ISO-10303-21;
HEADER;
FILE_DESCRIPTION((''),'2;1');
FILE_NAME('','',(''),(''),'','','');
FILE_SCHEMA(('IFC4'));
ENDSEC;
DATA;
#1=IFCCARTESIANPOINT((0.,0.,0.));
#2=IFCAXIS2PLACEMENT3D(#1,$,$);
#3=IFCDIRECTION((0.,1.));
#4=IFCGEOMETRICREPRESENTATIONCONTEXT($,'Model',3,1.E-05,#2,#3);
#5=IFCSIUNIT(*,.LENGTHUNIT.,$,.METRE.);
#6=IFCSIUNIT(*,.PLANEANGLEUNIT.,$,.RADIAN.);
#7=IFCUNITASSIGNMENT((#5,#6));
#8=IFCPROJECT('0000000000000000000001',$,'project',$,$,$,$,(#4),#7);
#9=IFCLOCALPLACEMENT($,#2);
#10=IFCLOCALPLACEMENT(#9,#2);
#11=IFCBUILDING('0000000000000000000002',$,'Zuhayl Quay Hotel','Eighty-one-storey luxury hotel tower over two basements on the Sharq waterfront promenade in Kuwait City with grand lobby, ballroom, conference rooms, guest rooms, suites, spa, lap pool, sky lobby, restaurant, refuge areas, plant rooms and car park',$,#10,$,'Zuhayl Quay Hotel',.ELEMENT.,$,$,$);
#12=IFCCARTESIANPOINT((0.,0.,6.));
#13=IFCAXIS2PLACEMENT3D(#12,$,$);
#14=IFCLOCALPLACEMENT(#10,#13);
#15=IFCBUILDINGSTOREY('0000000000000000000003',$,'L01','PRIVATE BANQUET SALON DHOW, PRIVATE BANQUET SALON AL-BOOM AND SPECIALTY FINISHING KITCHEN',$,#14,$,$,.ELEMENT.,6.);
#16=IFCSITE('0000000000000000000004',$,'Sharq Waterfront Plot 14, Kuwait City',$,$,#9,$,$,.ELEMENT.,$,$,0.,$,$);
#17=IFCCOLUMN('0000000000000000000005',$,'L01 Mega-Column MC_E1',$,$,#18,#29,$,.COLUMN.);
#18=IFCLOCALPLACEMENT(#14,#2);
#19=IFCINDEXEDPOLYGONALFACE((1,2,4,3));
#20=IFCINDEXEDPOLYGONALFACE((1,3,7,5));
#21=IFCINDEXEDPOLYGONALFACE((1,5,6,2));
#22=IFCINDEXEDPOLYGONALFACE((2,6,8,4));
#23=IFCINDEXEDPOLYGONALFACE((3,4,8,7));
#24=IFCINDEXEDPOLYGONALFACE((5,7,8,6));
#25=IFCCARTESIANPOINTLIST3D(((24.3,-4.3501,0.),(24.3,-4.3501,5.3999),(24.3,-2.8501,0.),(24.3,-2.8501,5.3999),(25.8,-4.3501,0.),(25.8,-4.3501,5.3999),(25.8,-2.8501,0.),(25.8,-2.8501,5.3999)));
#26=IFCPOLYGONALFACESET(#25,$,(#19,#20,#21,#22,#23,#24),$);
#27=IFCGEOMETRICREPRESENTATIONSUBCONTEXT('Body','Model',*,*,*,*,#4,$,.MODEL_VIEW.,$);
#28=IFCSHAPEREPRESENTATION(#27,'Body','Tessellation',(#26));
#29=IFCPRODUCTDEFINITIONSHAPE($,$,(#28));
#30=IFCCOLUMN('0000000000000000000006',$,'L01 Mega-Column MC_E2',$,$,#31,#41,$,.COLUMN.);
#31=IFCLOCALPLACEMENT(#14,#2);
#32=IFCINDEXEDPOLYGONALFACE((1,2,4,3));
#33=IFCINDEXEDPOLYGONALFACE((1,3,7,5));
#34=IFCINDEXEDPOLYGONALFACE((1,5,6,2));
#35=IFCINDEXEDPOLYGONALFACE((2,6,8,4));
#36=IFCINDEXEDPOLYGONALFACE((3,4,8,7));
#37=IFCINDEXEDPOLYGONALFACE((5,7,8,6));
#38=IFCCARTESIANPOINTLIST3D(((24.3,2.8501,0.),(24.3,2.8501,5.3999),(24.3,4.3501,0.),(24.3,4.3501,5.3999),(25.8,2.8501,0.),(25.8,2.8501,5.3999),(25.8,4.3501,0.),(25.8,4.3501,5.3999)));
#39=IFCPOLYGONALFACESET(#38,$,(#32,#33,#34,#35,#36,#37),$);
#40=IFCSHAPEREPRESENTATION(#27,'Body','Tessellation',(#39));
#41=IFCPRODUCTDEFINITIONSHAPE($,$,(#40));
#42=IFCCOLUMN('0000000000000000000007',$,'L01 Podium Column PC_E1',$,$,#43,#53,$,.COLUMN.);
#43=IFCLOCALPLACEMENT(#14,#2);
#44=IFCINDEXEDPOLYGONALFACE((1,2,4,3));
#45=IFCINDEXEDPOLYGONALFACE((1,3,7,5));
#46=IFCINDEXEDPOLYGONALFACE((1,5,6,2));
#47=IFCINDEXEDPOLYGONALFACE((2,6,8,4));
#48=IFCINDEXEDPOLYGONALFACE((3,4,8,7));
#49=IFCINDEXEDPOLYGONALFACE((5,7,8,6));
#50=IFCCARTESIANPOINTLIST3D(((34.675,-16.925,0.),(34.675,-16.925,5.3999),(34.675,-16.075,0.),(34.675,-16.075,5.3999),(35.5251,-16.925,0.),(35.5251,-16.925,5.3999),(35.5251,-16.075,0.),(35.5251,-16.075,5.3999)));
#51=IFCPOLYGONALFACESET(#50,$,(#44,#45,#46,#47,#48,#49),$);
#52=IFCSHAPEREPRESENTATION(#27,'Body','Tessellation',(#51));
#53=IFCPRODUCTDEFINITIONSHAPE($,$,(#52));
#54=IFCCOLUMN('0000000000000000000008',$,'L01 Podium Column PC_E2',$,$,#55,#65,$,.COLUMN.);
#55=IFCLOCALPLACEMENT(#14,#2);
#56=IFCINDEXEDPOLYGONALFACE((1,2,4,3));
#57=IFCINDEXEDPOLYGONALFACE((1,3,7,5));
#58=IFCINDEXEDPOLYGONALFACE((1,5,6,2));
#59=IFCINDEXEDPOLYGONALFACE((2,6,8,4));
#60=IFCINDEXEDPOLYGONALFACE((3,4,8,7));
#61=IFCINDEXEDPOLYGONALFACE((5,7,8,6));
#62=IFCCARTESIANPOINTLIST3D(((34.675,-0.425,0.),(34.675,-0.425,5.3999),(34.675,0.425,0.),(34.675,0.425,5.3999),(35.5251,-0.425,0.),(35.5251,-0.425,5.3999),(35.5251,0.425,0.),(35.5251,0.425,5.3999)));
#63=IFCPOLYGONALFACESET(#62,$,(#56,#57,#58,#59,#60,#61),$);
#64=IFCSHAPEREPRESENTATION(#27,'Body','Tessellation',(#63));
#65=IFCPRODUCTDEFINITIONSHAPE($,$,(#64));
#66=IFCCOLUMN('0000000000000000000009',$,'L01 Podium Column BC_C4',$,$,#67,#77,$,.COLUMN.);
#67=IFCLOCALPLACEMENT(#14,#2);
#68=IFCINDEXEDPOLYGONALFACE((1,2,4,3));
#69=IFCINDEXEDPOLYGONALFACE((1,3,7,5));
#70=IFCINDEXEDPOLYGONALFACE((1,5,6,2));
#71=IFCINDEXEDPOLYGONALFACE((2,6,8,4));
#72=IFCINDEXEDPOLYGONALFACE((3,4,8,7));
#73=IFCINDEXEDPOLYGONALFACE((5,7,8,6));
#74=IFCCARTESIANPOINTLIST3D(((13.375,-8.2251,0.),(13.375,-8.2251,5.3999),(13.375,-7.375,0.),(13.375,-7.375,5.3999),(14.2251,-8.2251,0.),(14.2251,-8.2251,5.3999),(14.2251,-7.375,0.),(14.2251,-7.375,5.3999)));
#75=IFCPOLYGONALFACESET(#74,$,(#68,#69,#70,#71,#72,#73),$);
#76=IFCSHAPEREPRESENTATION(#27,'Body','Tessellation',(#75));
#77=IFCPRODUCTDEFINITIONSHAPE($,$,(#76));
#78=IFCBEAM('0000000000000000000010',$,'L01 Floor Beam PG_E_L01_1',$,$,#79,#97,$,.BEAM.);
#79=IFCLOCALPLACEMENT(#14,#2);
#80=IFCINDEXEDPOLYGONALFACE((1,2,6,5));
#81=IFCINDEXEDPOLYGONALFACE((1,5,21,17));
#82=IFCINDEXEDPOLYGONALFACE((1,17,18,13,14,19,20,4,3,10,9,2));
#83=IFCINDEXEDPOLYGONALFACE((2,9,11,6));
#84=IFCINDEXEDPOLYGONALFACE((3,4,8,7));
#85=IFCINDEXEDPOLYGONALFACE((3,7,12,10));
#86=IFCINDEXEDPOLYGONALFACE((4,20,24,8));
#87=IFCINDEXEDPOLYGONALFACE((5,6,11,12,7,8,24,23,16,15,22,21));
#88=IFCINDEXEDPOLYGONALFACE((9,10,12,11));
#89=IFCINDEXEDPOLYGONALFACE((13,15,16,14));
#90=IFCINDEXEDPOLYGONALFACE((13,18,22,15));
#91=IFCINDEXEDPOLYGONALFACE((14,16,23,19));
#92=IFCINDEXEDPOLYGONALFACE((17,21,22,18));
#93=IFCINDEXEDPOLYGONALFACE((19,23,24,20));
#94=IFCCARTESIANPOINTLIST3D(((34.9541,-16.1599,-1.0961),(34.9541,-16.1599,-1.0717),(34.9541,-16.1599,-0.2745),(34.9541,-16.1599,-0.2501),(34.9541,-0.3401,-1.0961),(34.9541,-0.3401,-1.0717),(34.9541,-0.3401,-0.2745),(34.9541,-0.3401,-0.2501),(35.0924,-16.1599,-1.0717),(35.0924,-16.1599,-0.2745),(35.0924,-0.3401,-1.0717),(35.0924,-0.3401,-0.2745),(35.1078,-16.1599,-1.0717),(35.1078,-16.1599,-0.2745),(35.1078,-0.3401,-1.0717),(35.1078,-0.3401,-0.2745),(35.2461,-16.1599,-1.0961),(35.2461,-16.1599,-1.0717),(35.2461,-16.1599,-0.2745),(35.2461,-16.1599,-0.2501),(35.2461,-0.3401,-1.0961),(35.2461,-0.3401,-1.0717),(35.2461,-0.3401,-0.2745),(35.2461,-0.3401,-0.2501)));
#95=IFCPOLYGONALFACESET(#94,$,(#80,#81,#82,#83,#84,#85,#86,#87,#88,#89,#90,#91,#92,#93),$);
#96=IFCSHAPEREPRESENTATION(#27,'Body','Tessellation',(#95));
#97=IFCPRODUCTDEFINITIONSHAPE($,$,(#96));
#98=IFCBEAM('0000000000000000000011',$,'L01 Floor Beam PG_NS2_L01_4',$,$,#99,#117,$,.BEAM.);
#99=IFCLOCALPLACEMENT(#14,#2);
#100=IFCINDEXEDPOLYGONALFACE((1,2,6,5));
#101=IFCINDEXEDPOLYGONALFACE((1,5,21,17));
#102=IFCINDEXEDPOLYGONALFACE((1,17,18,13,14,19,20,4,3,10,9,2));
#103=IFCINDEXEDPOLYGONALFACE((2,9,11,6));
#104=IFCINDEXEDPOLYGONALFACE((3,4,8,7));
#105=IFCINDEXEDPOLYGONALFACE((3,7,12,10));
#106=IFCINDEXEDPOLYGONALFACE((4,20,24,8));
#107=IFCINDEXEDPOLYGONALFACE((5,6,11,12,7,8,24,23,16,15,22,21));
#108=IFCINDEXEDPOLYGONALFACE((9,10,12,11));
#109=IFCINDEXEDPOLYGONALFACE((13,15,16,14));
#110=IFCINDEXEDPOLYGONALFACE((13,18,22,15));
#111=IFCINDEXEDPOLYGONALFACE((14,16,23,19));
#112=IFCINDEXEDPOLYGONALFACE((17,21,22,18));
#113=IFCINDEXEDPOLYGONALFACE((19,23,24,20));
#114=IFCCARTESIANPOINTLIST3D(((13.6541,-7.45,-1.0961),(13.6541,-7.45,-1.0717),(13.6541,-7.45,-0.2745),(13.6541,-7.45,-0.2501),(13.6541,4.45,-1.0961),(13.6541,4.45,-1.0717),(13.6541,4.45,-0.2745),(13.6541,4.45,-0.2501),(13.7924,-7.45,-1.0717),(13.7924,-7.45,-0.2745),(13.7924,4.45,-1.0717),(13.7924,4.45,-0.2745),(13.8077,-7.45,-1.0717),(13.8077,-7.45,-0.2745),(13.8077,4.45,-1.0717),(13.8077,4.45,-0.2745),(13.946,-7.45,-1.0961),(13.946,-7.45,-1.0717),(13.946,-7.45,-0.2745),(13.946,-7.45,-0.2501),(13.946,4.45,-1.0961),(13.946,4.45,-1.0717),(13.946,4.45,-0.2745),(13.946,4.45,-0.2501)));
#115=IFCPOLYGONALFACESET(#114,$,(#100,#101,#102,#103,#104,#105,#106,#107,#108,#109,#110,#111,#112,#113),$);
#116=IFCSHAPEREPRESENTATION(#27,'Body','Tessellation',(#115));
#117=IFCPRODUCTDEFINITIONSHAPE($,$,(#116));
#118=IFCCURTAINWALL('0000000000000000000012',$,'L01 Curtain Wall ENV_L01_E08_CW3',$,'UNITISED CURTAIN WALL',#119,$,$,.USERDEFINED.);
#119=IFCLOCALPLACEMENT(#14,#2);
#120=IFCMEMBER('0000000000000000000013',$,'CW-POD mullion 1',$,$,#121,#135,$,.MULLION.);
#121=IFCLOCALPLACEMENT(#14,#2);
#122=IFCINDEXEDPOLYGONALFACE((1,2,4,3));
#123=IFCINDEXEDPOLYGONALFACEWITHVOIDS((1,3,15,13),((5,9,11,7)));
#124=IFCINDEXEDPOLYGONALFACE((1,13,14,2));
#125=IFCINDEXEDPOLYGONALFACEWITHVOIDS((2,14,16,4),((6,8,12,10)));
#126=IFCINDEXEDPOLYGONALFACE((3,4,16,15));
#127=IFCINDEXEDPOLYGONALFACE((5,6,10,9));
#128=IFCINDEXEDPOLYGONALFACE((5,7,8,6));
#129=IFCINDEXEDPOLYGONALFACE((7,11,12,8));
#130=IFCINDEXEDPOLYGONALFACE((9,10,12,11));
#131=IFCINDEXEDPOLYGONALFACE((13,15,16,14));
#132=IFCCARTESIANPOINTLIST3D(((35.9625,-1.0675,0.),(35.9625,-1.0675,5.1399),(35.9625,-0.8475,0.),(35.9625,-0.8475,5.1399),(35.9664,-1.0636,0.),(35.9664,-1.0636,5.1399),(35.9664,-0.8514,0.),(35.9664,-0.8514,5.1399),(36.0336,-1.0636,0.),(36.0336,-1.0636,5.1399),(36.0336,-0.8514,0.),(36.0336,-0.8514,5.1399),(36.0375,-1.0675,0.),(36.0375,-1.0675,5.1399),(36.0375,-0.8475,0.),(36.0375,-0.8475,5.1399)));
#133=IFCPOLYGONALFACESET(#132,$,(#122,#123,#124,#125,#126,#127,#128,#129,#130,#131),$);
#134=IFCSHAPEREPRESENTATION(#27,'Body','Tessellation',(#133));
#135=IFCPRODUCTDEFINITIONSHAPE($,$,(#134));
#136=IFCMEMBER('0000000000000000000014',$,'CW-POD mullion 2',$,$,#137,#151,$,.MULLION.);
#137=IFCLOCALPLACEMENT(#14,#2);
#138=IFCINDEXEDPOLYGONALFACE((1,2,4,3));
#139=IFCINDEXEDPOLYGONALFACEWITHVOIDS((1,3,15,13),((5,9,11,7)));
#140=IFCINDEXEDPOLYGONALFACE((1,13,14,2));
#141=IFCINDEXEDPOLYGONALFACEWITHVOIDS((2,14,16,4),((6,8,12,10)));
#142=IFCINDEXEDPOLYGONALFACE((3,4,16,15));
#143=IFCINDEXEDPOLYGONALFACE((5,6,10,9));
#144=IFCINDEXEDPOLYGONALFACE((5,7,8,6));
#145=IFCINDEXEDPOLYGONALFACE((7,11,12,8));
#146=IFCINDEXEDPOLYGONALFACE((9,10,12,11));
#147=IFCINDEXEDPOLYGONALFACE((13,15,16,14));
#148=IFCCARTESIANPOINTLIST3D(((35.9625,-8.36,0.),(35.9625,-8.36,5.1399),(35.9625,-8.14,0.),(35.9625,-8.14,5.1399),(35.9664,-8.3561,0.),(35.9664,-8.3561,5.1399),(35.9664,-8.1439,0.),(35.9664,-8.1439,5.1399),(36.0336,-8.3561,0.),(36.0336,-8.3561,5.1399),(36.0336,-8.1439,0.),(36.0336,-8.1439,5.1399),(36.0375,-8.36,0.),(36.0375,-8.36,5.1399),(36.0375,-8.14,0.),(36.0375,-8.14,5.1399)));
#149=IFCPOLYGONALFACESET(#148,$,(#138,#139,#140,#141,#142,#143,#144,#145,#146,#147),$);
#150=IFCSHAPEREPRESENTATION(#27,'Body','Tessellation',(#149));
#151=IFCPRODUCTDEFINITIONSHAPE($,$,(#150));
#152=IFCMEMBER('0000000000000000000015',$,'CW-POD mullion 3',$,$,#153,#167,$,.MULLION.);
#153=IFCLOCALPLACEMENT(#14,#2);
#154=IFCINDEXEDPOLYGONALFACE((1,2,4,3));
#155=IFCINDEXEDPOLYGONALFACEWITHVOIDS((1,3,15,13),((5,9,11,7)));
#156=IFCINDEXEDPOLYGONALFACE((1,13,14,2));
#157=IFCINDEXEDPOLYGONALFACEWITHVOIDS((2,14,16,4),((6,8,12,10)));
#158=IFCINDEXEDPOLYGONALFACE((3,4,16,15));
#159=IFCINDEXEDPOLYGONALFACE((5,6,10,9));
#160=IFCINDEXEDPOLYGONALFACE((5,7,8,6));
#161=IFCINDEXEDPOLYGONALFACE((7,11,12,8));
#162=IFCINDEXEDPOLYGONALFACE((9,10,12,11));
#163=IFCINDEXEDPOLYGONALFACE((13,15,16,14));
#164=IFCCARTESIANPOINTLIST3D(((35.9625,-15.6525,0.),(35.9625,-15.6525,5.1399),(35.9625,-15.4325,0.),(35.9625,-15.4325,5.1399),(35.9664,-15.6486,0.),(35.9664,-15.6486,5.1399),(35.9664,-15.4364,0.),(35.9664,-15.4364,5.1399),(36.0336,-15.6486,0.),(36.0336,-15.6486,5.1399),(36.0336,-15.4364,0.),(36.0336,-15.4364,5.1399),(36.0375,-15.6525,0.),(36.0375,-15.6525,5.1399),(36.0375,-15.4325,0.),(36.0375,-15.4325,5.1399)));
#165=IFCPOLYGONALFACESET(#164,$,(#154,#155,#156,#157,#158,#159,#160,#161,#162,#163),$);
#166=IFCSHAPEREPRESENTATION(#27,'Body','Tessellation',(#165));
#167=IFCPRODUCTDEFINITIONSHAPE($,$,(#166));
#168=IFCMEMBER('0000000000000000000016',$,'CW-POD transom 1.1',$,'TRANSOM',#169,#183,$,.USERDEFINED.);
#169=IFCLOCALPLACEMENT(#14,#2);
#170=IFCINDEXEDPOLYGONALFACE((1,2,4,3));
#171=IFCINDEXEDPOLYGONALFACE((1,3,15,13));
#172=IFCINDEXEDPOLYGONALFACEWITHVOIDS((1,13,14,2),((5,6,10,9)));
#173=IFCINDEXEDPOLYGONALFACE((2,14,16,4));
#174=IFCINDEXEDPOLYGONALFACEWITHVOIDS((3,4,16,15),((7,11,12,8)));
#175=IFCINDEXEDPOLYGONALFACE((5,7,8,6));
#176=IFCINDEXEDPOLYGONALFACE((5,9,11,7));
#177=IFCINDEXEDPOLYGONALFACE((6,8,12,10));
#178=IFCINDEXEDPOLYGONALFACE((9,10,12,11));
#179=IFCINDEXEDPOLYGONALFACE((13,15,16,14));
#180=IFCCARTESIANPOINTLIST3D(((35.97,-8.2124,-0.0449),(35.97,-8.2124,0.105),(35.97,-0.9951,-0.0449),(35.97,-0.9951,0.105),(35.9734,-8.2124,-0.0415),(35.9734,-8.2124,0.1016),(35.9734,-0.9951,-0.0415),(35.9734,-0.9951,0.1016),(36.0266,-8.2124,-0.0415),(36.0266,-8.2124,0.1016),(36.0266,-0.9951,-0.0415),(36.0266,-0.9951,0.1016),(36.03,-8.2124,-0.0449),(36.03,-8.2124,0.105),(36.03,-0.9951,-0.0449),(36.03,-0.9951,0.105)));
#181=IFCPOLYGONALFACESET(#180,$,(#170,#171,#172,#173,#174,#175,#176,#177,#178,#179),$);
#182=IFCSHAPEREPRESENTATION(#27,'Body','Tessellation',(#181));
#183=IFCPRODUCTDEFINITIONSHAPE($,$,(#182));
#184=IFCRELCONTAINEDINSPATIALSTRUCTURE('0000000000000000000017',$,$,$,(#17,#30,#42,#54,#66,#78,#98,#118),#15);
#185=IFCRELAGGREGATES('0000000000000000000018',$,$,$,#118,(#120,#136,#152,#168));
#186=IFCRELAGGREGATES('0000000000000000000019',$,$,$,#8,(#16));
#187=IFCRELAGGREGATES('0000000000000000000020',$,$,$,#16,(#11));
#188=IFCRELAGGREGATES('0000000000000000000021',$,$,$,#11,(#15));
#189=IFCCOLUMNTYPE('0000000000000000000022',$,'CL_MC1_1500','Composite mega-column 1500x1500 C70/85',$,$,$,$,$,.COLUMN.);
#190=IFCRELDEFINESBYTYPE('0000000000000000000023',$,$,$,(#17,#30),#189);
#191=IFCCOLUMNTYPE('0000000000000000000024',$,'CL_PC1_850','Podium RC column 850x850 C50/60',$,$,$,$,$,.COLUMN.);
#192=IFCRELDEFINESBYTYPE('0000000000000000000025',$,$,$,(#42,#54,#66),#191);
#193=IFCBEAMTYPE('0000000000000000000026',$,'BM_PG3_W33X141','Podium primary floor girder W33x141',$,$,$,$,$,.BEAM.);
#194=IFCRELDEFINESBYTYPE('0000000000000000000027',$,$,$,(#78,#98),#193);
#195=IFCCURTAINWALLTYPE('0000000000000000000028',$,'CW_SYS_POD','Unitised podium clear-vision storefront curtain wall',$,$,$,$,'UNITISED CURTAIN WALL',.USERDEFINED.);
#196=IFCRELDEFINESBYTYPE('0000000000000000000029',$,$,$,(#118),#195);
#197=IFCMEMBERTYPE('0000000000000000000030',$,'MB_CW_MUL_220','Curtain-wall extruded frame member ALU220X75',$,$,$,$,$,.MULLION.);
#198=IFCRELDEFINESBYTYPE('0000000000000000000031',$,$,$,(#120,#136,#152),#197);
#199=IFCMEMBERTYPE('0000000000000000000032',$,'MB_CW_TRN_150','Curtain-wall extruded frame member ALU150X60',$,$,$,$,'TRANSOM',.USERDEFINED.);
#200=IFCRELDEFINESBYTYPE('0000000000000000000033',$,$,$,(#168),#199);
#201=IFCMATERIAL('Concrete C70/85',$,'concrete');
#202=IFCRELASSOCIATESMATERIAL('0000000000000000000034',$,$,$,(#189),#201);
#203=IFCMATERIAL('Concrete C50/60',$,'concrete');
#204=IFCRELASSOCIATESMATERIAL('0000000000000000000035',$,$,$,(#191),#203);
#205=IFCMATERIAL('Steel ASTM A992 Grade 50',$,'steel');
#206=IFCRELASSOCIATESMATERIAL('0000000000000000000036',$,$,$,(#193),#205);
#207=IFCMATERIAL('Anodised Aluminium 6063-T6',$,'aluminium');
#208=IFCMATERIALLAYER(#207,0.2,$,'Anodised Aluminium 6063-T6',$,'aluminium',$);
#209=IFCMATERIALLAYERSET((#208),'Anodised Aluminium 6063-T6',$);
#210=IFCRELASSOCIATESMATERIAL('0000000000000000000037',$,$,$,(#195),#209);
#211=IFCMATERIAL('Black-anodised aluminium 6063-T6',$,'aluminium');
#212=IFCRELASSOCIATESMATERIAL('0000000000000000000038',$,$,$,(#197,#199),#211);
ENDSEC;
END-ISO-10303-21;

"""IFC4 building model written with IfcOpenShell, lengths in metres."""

from ifc_helpers import new_model, si_unit, direction, frame, origin, origin_2d, place, context, subcontext, project, spatial, rectangle, hollow_rectangle, i_section, extrude, material, layer, layer_set, material_profile, profile_set, type_object, element, aggregate, save


model = new_model("IFC4")

# Units and contexts
model_context = context("Model", 3, precision=1e-05, world=origin(), true_north=direction((0.0, 1.0)))
body_context = subcontext(model_context, "Body", "Model", "MODEL_VIEW")
ifc_project = project(units=[si_unit("LENGTHUNIT", "METRE"), si_unit("PLANEANGLEUNIT", "RADIAN")], contexts=[model_context])

# Site, building, storey
site_placement = place(None, origin())
site = spatial("IfcSite", under=ifc_project, at=site_placement, Name="Sharq Waterfront Plot 14, Kuwait City", CompositionType="ELEMENT", RefElevation=0.0)
building_placement = place(site_placement, origin())
building = spatial("IfcBuilding", under=site, at=building_placement, Name="Zuhayl Quay Hotel", Description="Eighty-one-storey luxury hotel tower over two basements on the Sharq waterfront promenade in Kuwait City with grand lobby, ballroom, conference rooms, guest rooms, suites, spa, lap pool, sky lobby, restaurant, refuge areas, plant rooms and car park", LongName="Zuhayl Quay Hotel", CompositionType="ELEMENT")
storey_placement = place(building_placement, frame((0.0, 0.0, 6.0)))
storey = spatial("IfcBuildingStorey", under=building, at=storey_placement, Name="L01", Description="PRIVATE BANQUET SALON DHOW, PRIVATE BANQUET SALON AL-BOOM AND SPECIALTY FINISHING KITCHEN", CompositionType="ELEMENT", Elevation=6.0)

# Columns
ifc_material_1 = material(Name="Concrete C70/85", Category="concrete")
ifc_material_profile_1 = material_profile(ifc_material_1, rectangle(XDim=1.5, YDim=1.5, at=origin_2d()), Name="RC1500X1500")
ifc_profile_set_1 = profile_set([ifc_material_profile_1], Name="Concrete C70/85")
column_type_1 = type_object("IfcColumnType", Name="CL_MC1_1500", Description="Composite mega-column 1500x1500 C70/85", PredefinedType="COLUMN", material=ifc_profile_set_1)
for number, where, z_axis, x_axis, name in (
    (1, (25.05, -3.6001, 0.0), (0.0, 0.0, 1.0), (1.0, 0.0, 0.0), "L01 Mega-Column MC_E1"),
    (2, (25.05, 3.6001, 0.0), (0.0, 0.0, 1.0), (1.0, 0.0, 0.0), "L01 Mega-Column MC_E2"),
):
    element("IfcColumn", number, at=place(storey_placement, frame(where, z_axis=z_axis, x_axis=x_axis)), inside=storey, type_object=column_type_1, Name=name, PredefinedType="COLUMN", context=body_context, shape_type="SweptSolid", body=[
        extrude(rectangle(XDim=1.5, YDim=1.5, at=origin_2d()), origin(), (0.0, 0.0, 1.0), 5.3999),
    ])
ifc_material_2 = material(Name="Concrete C50/60", Category="concrete")
ifc_material_profile_2 = material_profile(ifc_material_2, rectangle(XDim=0.8501, YDim=0.8501, at=origin_2d()), Name="RC850X850")
ifc_profile_set_2 = profile_set([ifc_material_profile_2], Name="Concrete C50/60")
column_type_2 = type_object("IfcColumnType", Name="CL_PC1_850", Description="Podium RC column 850x850 C50/60", PredefinedType="COLUMN", material=ifc_profile_set_2)
for number, where, z_axis, x_axis, name in (
    (3, (35.1001, -16.5, 0.0), (0.0, 0.0, 1.0), (1.0, 0.0, 0.0), "L01 Podium Column PC_E1"),
    (4, (35.1001, 0.0, 0.0), (0.0, 0.0, 1.0), (1.0, 0.0, 0.0), "L01 Podium Column PC_E2"),
    (5, (13.8, -7.8, 0.0), (0.0, 0.0, 1.0), (1.0, 0.0, 0.0), "L01 Podium Column BC_C4"),
):
    element("IfcColumn", number, at=place(storey_placement, frame(where, z_axis=z_axis, x_axis=x_axis)), inside=storey, type_object=column_type_2, Name=name, PredefinedType="COLUMN", context=body_context, shape_type="SweptSolid", body=[
        extrude(rectangle(XDim=0.8501, YDim=0.8501, at=origin_2d()), origin(), (0.0, 0.0, 1.0), 5.3999),
    ])

# Beams
ifc_material_3 = material(Name="Steel ASTM A992 Grade 50", Category="steel")
ifc_material_profile_3 = material_profile(ifc_material_3, i_section(OverallWidth=0.292, OverallDepth=0.8459, WebThickness=0.0154, FlangeThickness=0.0244, at=origin_2d()), Name="W33X141")
ifc_profile_set_3 = profile_set([ifc_material_profile_3], Name="Steel ASTM A992 Grade 50")
beam_type = type_object("IfcBeamType", Name="BM_PG3_W33X141", Description="Podium primary floor girder W33x141", PredefinedType="BEAM", material=ifc_profile_set_3)
beam_1_placement = place(storey_placement, frame((35.1001, -16.1599, -0.6731), z_axis=(0.0, 1.0, 0.0), x_axis=(-1.0, 0.0, 0.0)))
element("IfcBeam", 6, at=beam_1_placement, inside=storey, type_object=beam_type, Name="L01 Floor Beam PG_E_L01_1", PredefinedType="BEAM", context=body_context, shape_type="SweptSolid", body=[
    extrude(i_section(OverallWidth=0.292, OverallDepth=0.8459, WebThickness=0.0154, FlangeThickness=0.0244, at=origin_2d()), origin(), (0.0, 0.0, 1.0), 15.8198),
])
beam_2_placement = place(storey_placement, frame((13.8, -7.45, -0.6731), z_axis=(0.0, 1.0, 0.0), x_axis=(-1.0, 0.0, 0.0)))
element("IfcBeam", 7, at=beam_2_placement, inside=storey, type_object=beam_type, Name="L01 Floor Beam PG_NS2_L01_4", PredefinedType="BEAM", context=body_context, shape_type="SweptSolid", body=[
    extrude(i_section(OverallWidth=0.292, OverallDepth=0.8459, WebThickness=0.0154, FlangeThickness=0.0244, at=origin_2d()), origin(), (0.0, 0.0, 1.0), 11.8999),
])

# Curtain wall, members
ifc_material_4 = material(Name="Anodised Aluminium 6063-T6", Category="aluminium")
ifc_layer_1 = layer(ifc_material_4, 0.2, Name="Anodised Aluminium 6063-T6", Category="aluminium")
ifc_layer_set_1 = layer_set([ifc_layer_1], Name="Anodised Aluminium 6063-T6")
curtain_wall_type = type_object("IfcCurtainWallType", Name="CW_SYS_POD", Description="Unitised podium clear-vision storefront curtain wall", ElementType="UNITISED CURTAIN WALL", PredefinedType="USERDEFINED", material=ifc_layer_set_1)
curtain_wall_placement = place(storey_placement, origin())
curtain_wall = element("IfcCurtainWall", 8, at=curtain_wall_placement, inside=storey, type_object=curtain_wall_type, Name="L01 Curtain Wall ENV_L01_E08_CW3", ObjectType="UNITISED CURTAIN WALL", PredefinedType="USERDEFINED")
ifc_material_5 = material(Name="Black-anodised aluminium 6063-T6", Category="aluminium")
ifc_material_profile_4 = material_profile(ifc_material_5, hollow_rectangle(XDim=0.075, YDim=0.22, WallThickness=0.0039, at=origin_2d()), Name="ALU220X75")
ifc_profile_set_4 = profile_set([ifc_material_profile_4], Name="Black-anodised aluminium 6063-T6")
member_type_1 = type_object("IfcMemberType", Name="MB_CW_MUL_220", Description="Curtain-wall extruded frame member ALU220X75", PredefinedType="MULLION", material=ifc_profile_set_4)
member_1_placement = place(storey_placement, frame((36.0, -0.9575, 0.0), z_axis=(0.0, 0.0, 1.0), x_axis=(1.0, 0.0, 0.0)))
member_1 = element("IfcMember", 9, at=member_1_placement, type_object=member_type_1, Name="CW-POD mullion 1", PredefinedType="MULLION", context=body_context, shape_type="SweptSolid", body=[
    extrude(hollow_rectangle(XDim=0.075, YDim=0.22, WallThickness=0.0039, at=origin_2d()), origin(), (0.0, 0.0, 1.0), 5.1399),
])
member_2_placement = place(storey_placement, frame((36.0, -8.25, 0.0), z_axis=(0.0, 0.0, 1.0), x_axis=(1.0, 0.0, 0.0)))
member_2 = element("IfcMember", 10, at=member_2_placement, type_object=member_type_1, Name="CW-POD mullion 2", PredefinedType="MULLION", context=body_context, shape_type="SweptSolid", body=[
    extrude(hollow_rectangle(XDim=0.075, YDim=0.22, WallThickness=0.0039, at=origin_2d()), origin(), (0.0, 0.0, 1.0), 5.1399),
])
member_3_placement = place(storey_placement, frame((36.0, -15.5425, 0.0), z_axis=(0.0, 0.0, 1.0), x_axis=(1.0, 0.0, 0.0)))
member_3 = element("IfcMember", 11, at=member_3_placement, type_object=member_type_1, Name="CW-POD mullion 3", PredefinedType="MULLION", context=body_context, shape_type="SweptSolid", body=[
    extrude(hollow_rectangle(XDim=0.075, YDim=0.22, WallThickness=0.0039, at=origin_2d()), origin(), (0.0, 0.0, 1.0), 5.1399),
])
ifc_material_profile_5 = material_profile(ifc_material_5, hollow_rectangle(XDim=0.0601, YDim=0.1499, WallThickness=0.0034, at=origin_2d()), Name="ALU150X60")
ifc_profile_set_5 = profile_set([ifc_material_profile_5], Name="Black-anodised aluminium 6063-T6")
member_type_2 = type_object("IfcMemberType", Name="MB_CW_TRN_150", Description="Curtain-wall extruded frame member ALU150X60", ElementType="TRANSOM", PredefinedType="USERDEFINED", material=ifc_profile_set_5)
member_4_placement = place(storey_placement, frame((36.0, -0.9951, 0.03), z_axis=(0.0, -1.0, 0.0), x_axis=(1.0, 0.0, 0.0)))
member_4 = element("IfcMember", 12, at=member_4_placement, type_object=member_type_2, Name="CW-POD transom 1.1", ObjectType="TRANSOM", PredefinedType="USERDEFINED", context=body_context, shape_type="SweptSolid", body=[
    extrude(hollow_rectangle(XDim=0.0601, YDim=0.1499, WallThickness=0.0034, at=origin_2d()), origin(), (0.0, 0.0, 1.0), 7.2173),
])
aggregate(curtain_wall, [member_1, member_2, member_3, member_4])

save(model, "model.ifc")
